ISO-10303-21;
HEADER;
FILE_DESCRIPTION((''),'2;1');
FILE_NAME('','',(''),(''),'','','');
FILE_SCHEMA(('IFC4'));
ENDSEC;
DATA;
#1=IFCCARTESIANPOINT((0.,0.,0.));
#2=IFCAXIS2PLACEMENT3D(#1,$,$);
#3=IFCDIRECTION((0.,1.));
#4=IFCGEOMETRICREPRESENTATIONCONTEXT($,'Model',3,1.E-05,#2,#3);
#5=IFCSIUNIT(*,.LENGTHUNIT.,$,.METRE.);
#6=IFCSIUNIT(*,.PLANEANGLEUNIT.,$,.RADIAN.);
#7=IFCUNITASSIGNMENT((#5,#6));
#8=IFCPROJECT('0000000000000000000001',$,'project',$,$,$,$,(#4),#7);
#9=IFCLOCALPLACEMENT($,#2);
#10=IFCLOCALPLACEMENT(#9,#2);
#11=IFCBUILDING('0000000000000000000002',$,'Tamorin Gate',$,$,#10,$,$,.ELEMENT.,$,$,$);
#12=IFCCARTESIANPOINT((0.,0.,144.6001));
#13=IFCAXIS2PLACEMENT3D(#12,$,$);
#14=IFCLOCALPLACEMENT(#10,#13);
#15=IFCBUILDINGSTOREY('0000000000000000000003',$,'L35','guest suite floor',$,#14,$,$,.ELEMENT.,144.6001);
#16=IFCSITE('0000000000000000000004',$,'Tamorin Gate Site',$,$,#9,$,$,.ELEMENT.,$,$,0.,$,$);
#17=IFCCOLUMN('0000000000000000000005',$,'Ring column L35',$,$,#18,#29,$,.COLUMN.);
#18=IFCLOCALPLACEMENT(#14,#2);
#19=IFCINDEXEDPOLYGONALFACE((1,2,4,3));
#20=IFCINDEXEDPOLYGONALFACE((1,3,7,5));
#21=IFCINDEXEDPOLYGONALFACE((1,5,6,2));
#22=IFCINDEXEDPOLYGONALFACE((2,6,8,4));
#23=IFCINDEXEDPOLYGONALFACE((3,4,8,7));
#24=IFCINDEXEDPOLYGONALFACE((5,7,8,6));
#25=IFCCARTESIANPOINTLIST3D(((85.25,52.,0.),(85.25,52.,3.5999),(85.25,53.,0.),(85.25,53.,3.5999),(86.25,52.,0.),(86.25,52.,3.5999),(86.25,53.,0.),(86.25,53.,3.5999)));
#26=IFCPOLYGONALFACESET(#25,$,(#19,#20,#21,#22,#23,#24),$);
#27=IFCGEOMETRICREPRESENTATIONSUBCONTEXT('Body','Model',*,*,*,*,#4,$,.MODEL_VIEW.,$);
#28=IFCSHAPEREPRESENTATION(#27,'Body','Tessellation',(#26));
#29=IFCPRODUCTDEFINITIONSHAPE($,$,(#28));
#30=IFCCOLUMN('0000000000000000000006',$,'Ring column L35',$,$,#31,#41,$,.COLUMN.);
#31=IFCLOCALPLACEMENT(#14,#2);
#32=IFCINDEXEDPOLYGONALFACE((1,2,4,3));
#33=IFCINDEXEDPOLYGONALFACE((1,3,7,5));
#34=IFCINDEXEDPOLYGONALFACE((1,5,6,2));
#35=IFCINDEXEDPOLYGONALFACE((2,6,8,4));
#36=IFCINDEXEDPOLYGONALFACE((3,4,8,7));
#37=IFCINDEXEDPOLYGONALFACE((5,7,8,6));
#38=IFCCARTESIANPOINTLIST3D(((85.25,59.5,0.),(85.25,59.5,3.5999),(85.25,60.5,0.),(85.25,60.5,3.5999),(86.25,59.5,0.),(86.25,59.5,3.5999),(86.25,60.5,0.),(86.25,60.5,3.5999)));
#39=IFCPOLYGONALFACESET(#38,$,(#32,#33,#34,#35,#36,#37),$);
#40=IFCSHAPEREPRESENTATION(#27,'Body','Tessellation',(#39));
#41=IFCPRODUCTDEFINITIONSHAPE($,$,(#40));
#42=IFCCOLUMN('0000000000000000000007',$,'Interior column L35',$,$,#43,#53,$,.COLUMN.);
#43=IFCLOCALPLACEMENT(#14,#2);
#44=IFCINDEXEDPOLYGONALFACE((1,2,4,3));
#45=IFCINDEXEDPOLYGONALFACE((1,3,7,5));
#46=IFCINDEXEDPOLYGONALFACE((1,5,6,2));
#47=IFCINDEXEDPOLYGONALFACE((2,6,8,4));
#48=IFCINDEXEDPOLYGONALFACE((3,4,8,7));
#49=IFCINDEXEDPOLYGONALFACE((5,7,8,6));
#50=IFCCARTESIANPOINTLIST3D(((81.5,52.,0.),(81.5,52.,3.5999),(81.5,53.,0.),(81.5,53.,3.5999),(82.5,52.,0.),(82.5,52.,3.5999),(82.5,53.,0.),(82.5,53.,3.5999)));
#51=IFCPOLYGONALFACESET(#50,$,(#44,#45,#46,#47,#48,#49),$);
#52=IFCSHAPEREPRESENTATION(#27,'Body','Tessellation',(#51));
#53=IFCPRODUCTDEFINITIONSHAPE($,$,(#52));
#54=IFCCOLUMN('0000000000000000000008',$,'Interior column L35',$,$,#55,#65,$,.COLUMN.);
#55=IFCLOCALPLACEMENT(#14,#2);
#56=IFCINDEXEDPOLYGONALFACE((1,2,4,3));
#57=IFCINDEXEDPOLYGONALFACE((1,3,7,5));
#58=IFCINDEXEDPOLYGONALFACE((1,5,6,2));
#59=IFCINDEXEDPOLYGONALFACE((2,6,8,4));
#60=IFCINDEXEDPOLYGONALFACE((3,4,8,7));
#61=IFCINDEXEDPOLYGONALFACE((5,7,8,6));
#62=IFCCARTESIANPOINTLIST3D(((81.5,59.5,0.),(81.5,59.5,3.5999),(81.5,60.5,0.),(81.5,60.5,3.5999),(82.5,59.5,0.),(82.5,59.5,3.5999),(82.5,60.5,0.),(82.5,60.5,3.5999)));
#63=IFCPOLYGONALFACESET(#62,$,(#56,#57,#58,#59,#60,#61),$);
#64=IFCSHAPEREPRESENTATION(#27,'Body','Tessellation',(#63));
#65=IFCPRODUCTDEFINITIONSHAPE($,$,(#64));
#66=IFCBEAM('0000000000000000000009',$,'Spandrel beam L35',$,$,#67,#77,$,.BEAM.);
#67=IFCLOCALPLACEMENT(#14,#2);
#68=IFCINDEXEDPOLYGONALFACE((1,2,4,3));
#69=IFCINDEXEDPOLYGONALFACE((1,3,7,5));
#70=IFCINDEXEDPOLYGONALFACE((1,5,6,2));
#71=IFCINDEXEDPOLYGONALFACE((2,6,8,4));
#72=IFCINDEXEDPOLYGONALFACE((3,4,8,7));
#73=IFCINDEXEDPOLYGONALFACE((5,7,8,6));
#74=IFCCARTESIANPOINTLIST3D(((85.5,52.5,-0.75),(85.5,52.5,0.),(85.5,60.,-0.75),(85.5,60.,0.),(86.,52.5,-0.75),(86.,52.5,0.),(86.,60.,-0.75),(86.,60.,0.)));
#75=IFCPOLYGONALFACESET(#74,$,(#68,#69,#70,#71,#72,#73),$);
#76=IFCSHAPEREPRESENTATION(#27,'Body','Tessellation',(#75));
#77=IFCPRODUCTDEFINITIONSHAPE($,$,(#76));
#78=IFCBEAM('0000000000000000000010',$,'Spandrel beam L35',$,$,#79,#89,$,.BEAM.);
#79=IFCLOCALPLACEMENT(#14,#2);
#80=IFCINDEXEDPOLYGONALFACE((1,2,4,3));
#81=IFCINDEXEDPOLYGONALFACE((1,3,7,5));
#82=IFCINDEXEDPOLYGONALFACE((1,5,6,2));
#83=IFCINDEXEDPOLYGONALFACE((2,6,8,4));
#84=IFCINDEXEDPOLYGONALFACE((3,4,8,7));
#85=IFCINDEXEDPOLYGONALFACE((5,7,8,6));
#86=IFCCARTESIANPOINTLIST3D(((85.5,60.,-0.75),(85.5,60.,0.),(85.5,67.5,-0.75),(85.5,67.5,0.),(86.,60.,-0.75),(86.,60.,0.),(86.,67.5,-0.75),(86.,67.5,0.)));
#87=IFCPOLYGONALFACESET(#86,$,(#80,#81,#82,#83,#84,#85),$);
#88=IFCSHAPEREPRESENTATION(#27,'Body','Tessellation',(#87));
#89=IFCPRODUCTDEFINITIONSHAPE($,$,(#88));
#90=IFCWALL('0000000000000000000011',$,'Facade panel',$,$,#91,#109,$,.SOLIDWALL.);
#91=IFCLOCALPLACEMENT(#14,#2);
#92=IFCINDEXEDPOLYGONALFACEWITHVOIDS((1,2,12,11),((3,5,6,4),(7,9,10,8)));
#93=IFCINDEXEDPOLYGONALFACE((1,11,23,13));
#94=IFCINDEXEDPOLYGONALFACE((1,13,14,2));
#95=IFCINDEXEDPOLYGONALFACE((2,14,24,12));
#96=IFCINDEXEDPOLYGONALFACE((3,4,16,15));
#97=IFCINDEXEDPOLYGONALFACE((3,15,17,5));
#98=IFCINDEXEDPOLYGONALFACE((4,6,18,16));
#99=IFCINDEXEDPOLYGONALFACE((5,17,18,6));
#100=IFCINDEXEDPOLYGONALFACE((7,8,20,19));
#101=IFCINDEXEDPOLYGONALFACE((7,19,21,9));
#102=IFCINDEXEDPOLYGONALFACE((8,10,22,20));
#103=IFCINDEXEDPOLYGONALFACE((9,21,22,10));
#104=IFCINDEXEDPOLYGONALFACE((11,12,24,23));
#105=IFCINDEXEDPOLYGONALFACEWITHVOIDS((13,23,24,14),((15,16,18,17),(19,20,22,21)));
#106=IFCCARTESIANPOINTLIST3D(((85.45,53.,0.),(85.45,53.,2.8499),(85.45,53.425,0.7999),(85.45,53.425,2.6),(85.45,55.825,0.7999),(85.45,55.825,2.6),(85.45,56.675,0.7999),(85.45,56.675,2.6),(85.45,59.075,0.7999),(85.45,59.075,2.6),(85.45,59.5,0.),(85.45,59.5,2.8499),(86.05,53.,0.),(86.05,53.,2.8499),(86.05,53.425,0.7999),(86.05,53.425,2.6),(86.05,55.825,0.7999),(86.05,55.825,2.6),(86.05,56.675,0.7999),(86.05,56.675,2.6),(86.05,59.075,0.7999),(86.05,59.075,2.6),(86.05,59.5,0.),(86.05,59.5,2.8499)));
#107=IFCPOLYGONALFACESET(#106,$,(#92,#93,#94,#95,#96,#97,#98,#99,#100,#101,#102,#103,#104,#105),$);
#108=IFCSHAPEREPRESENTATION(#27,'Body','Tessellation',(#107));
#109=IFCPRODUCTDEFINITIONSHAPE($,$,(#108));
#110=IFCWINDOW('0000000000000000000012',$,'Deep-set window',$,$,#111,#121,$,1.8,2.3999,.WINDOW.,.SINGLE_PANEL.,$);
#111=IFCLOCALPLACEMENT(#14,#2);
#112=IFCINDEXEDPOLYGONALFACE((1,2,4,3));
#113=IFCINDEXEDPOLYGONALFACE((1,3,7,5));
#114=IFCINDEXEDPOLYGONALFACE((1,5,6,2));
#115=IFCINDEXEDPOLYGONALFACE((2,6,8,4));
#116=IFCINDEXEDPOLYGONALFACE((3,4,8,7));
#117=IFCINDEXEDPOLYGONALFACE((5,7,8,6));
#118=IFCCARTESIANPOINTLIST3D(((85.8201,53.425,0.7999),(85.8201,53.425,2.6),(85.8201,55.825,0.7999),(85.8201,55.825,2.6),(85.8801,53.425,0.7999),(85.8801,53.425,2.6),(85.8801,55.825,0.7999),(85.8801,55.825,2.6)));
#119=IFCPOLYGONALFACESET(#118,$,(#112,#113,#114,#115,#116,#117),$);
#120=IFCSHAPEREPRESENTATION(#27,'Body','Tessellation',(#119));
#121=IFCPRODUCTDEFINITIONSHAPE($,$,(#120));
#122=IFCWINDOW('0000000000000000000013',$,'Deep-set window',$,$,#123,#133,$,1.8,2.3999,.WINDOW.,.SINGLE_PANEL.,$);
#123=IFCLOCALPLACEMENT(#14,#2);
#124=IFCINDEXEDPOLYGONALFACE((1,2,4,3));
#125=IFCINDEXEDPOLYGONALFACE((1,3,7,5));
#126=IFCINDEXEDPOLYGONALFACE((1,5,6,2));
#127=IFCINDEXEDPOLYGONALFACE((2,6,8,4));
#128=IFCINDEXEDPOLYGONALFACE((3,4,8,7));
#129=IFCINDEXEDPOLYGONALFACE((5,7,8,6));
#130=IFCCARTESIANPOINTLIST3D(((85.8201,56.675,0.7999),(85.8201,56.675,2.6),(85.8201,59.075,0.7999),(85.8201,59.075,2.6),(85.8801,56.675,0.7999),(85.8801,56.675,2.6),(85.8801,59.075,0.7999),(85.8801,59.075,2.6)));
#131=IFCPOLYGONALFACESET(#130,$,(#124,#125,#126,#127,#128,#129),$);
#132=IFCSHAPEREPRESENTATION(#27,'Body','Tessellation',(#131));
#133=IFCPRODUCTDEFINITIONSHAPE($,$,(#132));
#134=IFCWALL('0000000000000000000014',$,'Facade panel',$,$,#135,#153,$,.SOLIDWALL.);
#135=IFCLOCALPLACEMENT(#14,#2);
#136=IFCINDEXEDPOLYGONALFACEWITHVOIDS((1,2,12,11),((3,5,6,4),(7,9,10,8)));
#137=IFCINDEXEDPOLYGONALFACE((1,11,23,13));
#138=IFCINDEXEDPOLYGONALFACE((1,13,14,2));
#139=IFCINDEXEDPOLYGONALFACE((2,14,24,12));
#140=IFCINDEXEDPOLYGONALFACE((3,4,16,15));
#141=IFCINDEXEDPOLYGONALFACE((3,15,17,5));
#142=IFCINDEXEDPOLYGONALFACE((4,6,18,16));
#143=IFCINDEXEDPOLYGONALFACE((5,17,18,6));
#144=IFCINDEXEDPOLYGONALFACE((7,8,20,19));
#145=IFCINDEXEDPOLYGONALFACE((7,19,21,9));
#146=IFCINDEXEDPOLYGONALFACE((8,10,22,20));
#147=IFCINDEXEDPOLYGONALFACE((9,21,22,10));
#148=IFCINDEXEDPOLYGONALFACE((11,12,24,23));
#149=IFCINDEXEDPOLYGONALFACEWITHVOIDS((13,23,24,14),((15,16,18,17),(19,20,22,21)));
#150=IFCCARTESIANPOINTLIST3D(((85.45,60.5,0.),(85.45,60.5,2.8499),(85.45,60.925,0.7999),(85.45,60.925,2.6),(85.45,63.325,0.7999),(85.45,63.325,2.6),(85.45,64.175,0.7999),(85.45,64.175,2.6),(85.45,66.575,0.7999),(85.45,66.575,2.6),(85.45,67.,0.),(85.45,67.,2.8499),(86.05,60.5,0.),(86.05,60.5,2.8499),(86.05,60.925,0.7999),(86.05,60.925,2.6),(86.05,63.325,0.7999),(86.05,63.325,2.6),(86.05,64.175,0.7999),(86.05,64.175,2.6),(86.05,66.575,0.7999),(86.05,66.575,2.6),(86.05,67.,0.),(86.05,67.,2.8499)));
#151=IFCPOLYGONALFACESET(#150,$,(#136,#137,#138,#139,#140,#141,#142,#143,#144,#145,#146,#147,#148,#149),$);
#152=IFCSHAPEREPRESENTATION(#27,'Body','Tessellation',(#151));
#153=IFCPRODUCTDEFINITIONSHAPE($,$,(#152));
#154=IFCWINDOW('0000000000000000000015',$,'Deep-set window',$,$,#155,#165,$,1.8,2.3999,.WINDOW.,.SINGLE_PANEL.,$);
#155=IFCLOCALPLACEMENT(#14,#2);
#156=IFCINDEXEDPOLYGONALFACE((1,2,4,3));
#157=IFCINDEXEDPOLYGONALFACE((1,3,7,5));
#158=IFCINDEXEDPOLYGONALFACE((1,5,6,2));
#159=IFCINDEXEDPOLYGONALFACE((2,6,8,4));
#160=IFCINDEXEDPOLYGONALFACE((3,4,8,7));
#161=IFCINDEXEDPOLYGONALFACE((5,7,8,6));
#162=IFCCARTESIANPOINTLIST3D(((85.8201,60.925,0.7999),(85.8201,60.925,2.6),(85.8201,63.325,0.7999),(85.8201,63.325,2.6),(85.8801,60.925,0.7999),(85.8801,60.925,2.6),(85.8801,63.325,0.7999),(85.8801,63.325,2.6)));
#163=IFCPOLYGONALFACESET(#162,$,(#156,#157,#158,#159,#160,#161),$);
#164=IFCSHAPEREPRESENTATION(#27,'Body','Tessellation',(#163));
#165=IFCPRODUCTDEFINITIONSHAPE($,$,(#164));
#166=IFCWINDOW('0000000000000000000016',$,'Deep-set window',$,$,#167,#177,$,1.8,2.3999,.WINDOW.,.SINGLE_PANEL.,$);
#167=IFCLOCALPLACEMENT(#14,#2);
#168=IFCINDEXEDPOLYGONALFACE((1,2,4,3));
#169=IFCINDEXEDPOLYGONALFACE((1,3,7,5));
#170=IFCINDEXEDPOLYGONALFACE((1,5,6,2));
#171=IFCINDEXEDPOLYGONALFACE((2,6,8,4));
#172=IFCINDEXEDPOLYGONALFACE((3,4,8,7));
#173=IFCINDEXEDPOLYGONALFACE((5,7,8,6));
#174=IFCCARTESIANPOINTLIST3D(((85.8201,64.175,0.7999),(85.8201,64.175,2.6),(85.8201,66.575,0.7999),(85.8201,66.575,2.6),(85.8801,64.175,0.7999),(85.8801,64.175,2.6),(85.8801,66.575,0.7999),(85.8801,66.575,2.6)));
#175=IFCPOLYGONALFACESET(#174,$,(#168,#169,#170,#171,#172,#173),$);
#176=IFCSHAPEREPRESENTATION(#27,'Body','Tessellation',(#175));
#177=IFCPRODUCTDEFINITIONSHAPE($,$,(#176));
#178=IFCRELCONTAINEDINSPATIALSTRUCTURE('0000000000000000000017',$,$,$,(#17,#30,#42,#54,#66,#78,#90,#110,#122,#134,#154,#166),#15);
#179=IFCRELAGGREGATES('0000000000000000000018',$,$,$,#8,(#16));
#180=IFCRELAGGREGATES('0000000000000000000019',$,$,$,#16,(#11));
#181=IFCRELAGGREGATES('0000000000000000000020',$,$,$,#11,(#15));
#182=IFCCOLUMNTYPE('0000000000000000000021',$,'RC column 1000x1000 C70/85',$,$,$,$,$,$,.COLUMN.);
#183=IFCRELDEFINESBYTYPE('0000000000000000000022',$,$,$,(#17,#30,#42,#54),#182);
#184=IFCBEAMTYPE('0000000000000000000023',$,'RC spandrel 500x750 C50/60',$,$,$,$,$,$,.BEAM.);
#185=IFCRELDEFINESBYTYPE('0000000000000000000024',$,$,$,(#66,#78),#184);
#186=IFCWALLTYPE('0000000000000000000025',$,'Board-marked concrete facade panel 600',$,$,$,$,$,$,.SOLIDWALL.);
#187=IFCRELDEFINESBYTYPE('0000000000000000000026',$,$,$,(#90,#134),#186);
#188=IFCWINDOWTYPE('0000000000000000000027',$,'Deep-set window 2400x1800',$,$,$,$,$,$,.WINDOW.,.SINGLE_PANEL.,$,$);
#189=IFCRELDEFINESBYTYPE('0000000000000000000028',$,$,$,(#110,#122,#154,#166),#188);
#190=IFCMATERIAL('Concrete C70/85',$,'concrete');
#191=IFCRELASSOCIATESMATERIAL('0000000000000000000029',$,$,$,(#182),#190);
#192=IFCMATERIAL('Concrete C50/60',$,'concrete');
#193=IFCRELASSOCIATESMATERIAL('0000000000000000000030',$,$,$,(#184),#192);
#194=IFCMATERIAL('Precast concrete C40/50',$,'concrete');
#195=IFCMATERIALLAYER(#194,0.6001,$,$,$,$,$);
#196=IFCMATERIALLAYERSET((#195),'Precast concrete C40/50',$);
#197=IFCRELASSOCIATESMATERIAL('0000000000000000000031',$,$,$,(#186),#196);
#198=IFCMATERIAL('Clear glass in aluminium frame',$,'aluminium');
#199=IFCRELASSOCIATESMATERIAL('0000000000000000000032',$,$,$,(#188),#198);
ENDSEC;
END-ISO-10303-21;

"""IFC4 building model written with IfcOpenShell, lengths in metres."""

from ifc_helpers import new_model, si_unit, direction, frame, frame_2d, origin, origin_2d, place, context, subcontext, project, spatial, rectangle, extrude, material, layer, layer_set, material_profile, profile_set, type_object, element, fill, save


model = new_model("IFC4")

# Units and contexts
model_context = context("Model", 3, precision=1e-05, world=origin(), true_north=direction((0.0, 1.0)))
body_context = subcontext(model_context, "Body", "Model", "MODEL_VIEW")
ifc_project = project(units=[si_unit("LENGTHUNIT", "METRE"), si_unit("PLANEANGLEUNIT", "RADIAN")], contexts=[model_context])

# Site, building, storey
site_placement = place(None, origin())
site = spatial("IfcSite", under=ifc_project, at=site_placement, Name="Tamorin Gate Site", CompositionType="ELEMENT", RefElevation=0.0)
building_placement = place(site_placement, origin())
building = spatial("IfcBuilding", under=site, at=building_placement, Name="Tamorin Gate", CompositionType="ELEMENT")
storey_placement = place(building_placement, frame((0.0, 0.0, 144.6001)))
storey = spatial("IfcBuildingStorey", under=building, at=storey_placement, Name="L35", Description="guest suite floor", CompositionType="ELEMENT", Elevation=144.6001)

# Columns
ifc_material_1 = material(Name="Concrete C70/85", Category="concrete")
ifc_material_profile_1 = material_profile(ifc_material_1, rectangle(XDim=1.0, YDim=1.0, at=origin_2d()), Name="RC 1000x1000")
ifc_profile_set_1 = profile_set([ifc_material_profile_1], Name="Concrete C70/85")
column_type = type_object("IfcColumnType", Name="RC column 1000x1000 C70/85", PredefinedType="COLUMN", material=ifc_profile_set_1)
for number, where, z_axis, x_axis, name in (
    (1, (85.75, 52.5, 0.0), (0.0, 0.0, 1.0), (1.0, 0.0, 0.0), "Ring column L35"),
    (2, (85.75, 60.0, 0.0), (0.0, 0.0, 1.0), (1.0, 0.0, 0.0), "Ring column L35"),
    (3, (82.0, 52.5, 0.0), (0.0, 0.0, 1.0), (1.0, 0.0, 0.0), "Interior column L35"),
    (4, (82.0, 60.0, 0.0), (0.0, 0.0, 1.0), (1.0, 0.0, 0.0), "Interior column L35"),
):
    element("IfcColumn", number, at=place(storey_placement, frame(where, z_axis=z_axis, x_axis=x_axis)), inside=storey, type_object=column_type, Name=name, PredefinedType="COLUMN", context=body_context, shape_type="SweptSolid", body=[
        extrude(rectangle(XDim=1.0, YDim=1.0, at=origin_2d()), origin(), (0.0, 0.0, 1.0), 3.5999),
    ])

# Beams
ifc_material_2 = material(Name="Concrete C50/60", Category="concrete")
ifc_material_profile_2 = material_profile(ifc_material_2, rectangle(XDim=0.5, YDim=0.75, at=origin_2d()), Name="RC 500x750")
ifc_profile_set_2 = profile_set([ifc_material_profile_2], Name="Concrete C50/60")
beam_type = type_object("IfcBeamType", Name="RC spandrel 500x750 C50/60", PredefinedType="BEAM", material=ifc_profile_set_2)
for number, where, z_axis, x_axis, name in (
    (5, (85.75, 52.5, -0.375), (0.0, 1.0, 0.0), (-1.0, 0.0, 0.0), "Spandrel beam L35"),
    (6, (85.75, 60.0, -0.375), (0.0, 1.0, 0.0), (-1.0, 0.0, 0.0), "Spandrel beam L35"),
):
    element("IfcBeam", number, at=place(storey_placement, frame(where, z_axis=z_axis, x_axis=x_axis)), inside=storey, type_object=beam_type, Name=name, PredefinedType="BEAM", context=body_context, shape_type="SweptSolid", body=[
        extrude(rectangle(XDim=0.5, YDim=0.75, at=origin_2d()), origin(), (0.0, 0.0, 1.0), 7.5),
    ])

# Walls, openings, windows
ifc_material_3 = material(Name="Precast concrete C40/50", Category="concrete")
ifc_layer_1 = layer(ifc_material_3, 0.6001)
ifc_layer_set_1 = layer_set([ifc_layer_1], Name="Precast concrete C40/50")
wall_type_1 = type_object("IfcWallType", Name="Board-marked concrete facade panel 600", PredefinedType="SOLIDWALL", material=ifc_layer_set_1)
wall_1_placement = place(storey_placement, frame((85.75, 53.0, 0.0), z_axis=(0.0, 0.0, 1.0), x_axis=(0.0, 1.0, 0.0)))
wall_1 = element("IfcWall", 7, at=wall_1_placement, inside=storey, type_object=wall_type_1, Name="Facade panel", PredefinedType="SOLIDWALL", context=body_context, shape_type="SweptSolid", body=[
    extrude(rectangle(XDim=6.5, YDim=0.6001, at=frame_2d((3.25, 0.0))), origin(), (0.0, 0.0, 1.0), 2.8499),
])
opening_1_placement = place(wall_1_placement, frame((0.425, 0.0, 0.8)))
opening_1 = element("IfcOpeningElement", 8, at=opening_1_placement, cuts=wall_1, PredefinedType="OPENING", context=body_context, shape_type="SweptSolid", body=[
    extrude(rectangle(XDim=2.3999, YDim=1.8, at=frame_2d((1.2, 0.8999))), frame((0.0, 0.3101, 0.0), z_axis=(0.0, -1.0, 0.0), x_axis=(1.0, 0.0, 0.0)), (0.0, 0.0, 1.0), 0.6201),
])
opening_2_placement = place(wall_1_placement, frame((3.675, 0.0, 0.8)))
opening_2 = element("IfcOpeningElement", 9, at=opening_2_placement, cuts=wall_1, PredefinedType="OPENING", context=body_context, shape_type="SweptSolid", body=[
    extrude(rectangle(XDim=2.3999, YDim=1.8, at=frame_2d((1.2, 0.8999))), frame((0.0, 0.3101, 0.0), z_axis=(0.0, -1.0, 0.0), x_axis=(1.0, 0.0, 0.0)), (0.0, 0.0, 1.0), 0.6201),
])
ifc_material_4 = material(Name="Clear glass in aluminium frame", Category="aluminium")
window_type = type_object("IfcWindowType", Name="Deep-set window 2400x1800", PartitioningType="SINGLE_PANEL", PredefinedType="WINDOW", material=ifc_material_4)
window_1_placement = place(opening_1_placement, origin())
window_1 = element("IfcWindow", 10, at=window_1_placement, inside=storey, type_object=window_type, Name="Deep-set window", OverallHeight=1.8, OverallWidth=2.3999, PartitioningType="SINGLE_PANEL", PredefinedType="WINDOW", context=body_context, shape_type="SweptSolid", body=[
    extrude(rectangle(XDim=2.3999, YDim=1.8, at=frame_2d((1.2, 0.8999))), frame((0.0, -0.0701, 0.0), z_axis=(0.0, -1.0, 0.0), x_axis=(1.0, 0.0, 0.0)), (0.0, 0.0, 1.0), 0.0601),
])
fill(opening_1, window_1)
window_2_placement = place(opening_2_placement, origin())
window_2 = element("IfcWindow", 11, at=window_2_placement, inside=storey, type_object=window_type, Name="Deep-set window", OverallHeight=1.8, OverallWidth=2.3999, PartitioningType="SINGLE_PANEL", PredefinedType="WINDOW", context=body_context, shape_type="SweptSolid", body=[
    extrude(rectangle(XDim=2.3999, YDim=1.8, at=frame_2d((1.2, 0.8999))), frame((0.0, -0.0701, 0.0), z_axis=(0.0, -1.0, 0.0), x_axis=(1.0, 0.0, 0.0)), (0.0, 0.0, 1.0), 0.0601),
])
fill(opening_2, window_2)
wall_2_placement = place(storey_placement, frame((85.75, 60.5, 0.0), z_axis=(0.0, 0.0, 1.0), x_axis=(0.0, 1.0, 0.0)))
wall_2 = element("IfcWall", 12, at=wall_2_placement, inside=storey, type_object=wall_type_1, Name="Facade panel", PredefinedType="SOLIDWALL", context=body_context, shape_type="SweptSolid", body=[
    extrude(rectangle(XDim=6.5, YDim=0.6001, at=frame_2d((3.25, 0.0))), origin(), (0.0, 0.0, 1.0), 2.8499),
])
opening_3_placement = place(wall_2_placement, frame((0.425, 0.0, 0.8)))
opening_3 = element("IfcOpeningElement", 13, at=opening_3_placement, cuts=wall_2, PredefinedType="OPENING", context=body_context, shape_type="SweptSolid", body=[
    extrude(rectangle(XDim=2.3999, YDim=1.8, at=frame_2d((1.2, 0.8999))), frame((0.0, 0.3101, 0.0), z_axis=(0.0, -1.0, 0.0), x_axis=(1.0, 0.0, 0.0)), (0.0, 0.0, 1.0), 0.6201),
])
opening_4_placement = place(wall_2_placement, frame((3.675, 0.0, 0.8)))
opening_4 = element("IfcOpeningElement", 14, at=opening_4_placement, cuts=wall_2, PredefinedType="OPENING", context=body_context, shape_type="SweptSolid", body=[
    extrude(rectangle(XDim=2.3999, YDim=1.8, at=frame_2d((1.2, 0.8999))), frame((0.0, 0.3101, 0.0), z_axis=(0.0, -1.0, 0.0), x_axis=(1.0, 0.0, 0.0)), (0.0, 0.0, 1.0), 0.6201),
])
window_3_placement = place(opening_3_placement, origin())
window_3 = element("IfcWindow", 15, at=window_3_placement, inside=storey, type_object=window_type, Name="Deep-set window", OverallHeight=1.8, OverallWidth=2.3999, PartitioningType="SINGLE_PANEL", PredefinedType="WINDOW", context=body_context, shape_type="SweptSolid", body=[
    extrude(rectangle(XDim=2.3999, YDim=1.8, at=frame_2d((1.2, 0.8999))), frame((0.0, -0.0701, 0.0), z_axis=(0.0, -1.0, 0.0), x_axis=(1.0, 0.0, 0.0)), (0.0, 0.0, 1.0), 0.0601),
])
fill(opening_3, window_3)
window_4_placement = place(opening_4_placement, origin())
window_4 = element("IfcWindow", 16, at=window_4_placement, inside=storey, type_object=window_type, Name="Deep-set window", OverallHeight=1.8, OverallWidth=2.3999, PartitioningType="SINGLE_PANEL", PredefinedType="WINDOW", context=body_context, shape_type="SweptSolid", body=[
    extrude(rectangle(XDim=2.3999, YDim=1.8, at=frame_2d((1.2, 0.8999))), frame((0.0, -0.0701, 0.0), z_axis=(0.0, -1.0, 0.0), x_axis=(1.0, 0.0, 0.0)), (0.0, 0.0, 1.0), 0.0601),
])
fill(opening_4, window_4)

save(model, "model.ifc")
